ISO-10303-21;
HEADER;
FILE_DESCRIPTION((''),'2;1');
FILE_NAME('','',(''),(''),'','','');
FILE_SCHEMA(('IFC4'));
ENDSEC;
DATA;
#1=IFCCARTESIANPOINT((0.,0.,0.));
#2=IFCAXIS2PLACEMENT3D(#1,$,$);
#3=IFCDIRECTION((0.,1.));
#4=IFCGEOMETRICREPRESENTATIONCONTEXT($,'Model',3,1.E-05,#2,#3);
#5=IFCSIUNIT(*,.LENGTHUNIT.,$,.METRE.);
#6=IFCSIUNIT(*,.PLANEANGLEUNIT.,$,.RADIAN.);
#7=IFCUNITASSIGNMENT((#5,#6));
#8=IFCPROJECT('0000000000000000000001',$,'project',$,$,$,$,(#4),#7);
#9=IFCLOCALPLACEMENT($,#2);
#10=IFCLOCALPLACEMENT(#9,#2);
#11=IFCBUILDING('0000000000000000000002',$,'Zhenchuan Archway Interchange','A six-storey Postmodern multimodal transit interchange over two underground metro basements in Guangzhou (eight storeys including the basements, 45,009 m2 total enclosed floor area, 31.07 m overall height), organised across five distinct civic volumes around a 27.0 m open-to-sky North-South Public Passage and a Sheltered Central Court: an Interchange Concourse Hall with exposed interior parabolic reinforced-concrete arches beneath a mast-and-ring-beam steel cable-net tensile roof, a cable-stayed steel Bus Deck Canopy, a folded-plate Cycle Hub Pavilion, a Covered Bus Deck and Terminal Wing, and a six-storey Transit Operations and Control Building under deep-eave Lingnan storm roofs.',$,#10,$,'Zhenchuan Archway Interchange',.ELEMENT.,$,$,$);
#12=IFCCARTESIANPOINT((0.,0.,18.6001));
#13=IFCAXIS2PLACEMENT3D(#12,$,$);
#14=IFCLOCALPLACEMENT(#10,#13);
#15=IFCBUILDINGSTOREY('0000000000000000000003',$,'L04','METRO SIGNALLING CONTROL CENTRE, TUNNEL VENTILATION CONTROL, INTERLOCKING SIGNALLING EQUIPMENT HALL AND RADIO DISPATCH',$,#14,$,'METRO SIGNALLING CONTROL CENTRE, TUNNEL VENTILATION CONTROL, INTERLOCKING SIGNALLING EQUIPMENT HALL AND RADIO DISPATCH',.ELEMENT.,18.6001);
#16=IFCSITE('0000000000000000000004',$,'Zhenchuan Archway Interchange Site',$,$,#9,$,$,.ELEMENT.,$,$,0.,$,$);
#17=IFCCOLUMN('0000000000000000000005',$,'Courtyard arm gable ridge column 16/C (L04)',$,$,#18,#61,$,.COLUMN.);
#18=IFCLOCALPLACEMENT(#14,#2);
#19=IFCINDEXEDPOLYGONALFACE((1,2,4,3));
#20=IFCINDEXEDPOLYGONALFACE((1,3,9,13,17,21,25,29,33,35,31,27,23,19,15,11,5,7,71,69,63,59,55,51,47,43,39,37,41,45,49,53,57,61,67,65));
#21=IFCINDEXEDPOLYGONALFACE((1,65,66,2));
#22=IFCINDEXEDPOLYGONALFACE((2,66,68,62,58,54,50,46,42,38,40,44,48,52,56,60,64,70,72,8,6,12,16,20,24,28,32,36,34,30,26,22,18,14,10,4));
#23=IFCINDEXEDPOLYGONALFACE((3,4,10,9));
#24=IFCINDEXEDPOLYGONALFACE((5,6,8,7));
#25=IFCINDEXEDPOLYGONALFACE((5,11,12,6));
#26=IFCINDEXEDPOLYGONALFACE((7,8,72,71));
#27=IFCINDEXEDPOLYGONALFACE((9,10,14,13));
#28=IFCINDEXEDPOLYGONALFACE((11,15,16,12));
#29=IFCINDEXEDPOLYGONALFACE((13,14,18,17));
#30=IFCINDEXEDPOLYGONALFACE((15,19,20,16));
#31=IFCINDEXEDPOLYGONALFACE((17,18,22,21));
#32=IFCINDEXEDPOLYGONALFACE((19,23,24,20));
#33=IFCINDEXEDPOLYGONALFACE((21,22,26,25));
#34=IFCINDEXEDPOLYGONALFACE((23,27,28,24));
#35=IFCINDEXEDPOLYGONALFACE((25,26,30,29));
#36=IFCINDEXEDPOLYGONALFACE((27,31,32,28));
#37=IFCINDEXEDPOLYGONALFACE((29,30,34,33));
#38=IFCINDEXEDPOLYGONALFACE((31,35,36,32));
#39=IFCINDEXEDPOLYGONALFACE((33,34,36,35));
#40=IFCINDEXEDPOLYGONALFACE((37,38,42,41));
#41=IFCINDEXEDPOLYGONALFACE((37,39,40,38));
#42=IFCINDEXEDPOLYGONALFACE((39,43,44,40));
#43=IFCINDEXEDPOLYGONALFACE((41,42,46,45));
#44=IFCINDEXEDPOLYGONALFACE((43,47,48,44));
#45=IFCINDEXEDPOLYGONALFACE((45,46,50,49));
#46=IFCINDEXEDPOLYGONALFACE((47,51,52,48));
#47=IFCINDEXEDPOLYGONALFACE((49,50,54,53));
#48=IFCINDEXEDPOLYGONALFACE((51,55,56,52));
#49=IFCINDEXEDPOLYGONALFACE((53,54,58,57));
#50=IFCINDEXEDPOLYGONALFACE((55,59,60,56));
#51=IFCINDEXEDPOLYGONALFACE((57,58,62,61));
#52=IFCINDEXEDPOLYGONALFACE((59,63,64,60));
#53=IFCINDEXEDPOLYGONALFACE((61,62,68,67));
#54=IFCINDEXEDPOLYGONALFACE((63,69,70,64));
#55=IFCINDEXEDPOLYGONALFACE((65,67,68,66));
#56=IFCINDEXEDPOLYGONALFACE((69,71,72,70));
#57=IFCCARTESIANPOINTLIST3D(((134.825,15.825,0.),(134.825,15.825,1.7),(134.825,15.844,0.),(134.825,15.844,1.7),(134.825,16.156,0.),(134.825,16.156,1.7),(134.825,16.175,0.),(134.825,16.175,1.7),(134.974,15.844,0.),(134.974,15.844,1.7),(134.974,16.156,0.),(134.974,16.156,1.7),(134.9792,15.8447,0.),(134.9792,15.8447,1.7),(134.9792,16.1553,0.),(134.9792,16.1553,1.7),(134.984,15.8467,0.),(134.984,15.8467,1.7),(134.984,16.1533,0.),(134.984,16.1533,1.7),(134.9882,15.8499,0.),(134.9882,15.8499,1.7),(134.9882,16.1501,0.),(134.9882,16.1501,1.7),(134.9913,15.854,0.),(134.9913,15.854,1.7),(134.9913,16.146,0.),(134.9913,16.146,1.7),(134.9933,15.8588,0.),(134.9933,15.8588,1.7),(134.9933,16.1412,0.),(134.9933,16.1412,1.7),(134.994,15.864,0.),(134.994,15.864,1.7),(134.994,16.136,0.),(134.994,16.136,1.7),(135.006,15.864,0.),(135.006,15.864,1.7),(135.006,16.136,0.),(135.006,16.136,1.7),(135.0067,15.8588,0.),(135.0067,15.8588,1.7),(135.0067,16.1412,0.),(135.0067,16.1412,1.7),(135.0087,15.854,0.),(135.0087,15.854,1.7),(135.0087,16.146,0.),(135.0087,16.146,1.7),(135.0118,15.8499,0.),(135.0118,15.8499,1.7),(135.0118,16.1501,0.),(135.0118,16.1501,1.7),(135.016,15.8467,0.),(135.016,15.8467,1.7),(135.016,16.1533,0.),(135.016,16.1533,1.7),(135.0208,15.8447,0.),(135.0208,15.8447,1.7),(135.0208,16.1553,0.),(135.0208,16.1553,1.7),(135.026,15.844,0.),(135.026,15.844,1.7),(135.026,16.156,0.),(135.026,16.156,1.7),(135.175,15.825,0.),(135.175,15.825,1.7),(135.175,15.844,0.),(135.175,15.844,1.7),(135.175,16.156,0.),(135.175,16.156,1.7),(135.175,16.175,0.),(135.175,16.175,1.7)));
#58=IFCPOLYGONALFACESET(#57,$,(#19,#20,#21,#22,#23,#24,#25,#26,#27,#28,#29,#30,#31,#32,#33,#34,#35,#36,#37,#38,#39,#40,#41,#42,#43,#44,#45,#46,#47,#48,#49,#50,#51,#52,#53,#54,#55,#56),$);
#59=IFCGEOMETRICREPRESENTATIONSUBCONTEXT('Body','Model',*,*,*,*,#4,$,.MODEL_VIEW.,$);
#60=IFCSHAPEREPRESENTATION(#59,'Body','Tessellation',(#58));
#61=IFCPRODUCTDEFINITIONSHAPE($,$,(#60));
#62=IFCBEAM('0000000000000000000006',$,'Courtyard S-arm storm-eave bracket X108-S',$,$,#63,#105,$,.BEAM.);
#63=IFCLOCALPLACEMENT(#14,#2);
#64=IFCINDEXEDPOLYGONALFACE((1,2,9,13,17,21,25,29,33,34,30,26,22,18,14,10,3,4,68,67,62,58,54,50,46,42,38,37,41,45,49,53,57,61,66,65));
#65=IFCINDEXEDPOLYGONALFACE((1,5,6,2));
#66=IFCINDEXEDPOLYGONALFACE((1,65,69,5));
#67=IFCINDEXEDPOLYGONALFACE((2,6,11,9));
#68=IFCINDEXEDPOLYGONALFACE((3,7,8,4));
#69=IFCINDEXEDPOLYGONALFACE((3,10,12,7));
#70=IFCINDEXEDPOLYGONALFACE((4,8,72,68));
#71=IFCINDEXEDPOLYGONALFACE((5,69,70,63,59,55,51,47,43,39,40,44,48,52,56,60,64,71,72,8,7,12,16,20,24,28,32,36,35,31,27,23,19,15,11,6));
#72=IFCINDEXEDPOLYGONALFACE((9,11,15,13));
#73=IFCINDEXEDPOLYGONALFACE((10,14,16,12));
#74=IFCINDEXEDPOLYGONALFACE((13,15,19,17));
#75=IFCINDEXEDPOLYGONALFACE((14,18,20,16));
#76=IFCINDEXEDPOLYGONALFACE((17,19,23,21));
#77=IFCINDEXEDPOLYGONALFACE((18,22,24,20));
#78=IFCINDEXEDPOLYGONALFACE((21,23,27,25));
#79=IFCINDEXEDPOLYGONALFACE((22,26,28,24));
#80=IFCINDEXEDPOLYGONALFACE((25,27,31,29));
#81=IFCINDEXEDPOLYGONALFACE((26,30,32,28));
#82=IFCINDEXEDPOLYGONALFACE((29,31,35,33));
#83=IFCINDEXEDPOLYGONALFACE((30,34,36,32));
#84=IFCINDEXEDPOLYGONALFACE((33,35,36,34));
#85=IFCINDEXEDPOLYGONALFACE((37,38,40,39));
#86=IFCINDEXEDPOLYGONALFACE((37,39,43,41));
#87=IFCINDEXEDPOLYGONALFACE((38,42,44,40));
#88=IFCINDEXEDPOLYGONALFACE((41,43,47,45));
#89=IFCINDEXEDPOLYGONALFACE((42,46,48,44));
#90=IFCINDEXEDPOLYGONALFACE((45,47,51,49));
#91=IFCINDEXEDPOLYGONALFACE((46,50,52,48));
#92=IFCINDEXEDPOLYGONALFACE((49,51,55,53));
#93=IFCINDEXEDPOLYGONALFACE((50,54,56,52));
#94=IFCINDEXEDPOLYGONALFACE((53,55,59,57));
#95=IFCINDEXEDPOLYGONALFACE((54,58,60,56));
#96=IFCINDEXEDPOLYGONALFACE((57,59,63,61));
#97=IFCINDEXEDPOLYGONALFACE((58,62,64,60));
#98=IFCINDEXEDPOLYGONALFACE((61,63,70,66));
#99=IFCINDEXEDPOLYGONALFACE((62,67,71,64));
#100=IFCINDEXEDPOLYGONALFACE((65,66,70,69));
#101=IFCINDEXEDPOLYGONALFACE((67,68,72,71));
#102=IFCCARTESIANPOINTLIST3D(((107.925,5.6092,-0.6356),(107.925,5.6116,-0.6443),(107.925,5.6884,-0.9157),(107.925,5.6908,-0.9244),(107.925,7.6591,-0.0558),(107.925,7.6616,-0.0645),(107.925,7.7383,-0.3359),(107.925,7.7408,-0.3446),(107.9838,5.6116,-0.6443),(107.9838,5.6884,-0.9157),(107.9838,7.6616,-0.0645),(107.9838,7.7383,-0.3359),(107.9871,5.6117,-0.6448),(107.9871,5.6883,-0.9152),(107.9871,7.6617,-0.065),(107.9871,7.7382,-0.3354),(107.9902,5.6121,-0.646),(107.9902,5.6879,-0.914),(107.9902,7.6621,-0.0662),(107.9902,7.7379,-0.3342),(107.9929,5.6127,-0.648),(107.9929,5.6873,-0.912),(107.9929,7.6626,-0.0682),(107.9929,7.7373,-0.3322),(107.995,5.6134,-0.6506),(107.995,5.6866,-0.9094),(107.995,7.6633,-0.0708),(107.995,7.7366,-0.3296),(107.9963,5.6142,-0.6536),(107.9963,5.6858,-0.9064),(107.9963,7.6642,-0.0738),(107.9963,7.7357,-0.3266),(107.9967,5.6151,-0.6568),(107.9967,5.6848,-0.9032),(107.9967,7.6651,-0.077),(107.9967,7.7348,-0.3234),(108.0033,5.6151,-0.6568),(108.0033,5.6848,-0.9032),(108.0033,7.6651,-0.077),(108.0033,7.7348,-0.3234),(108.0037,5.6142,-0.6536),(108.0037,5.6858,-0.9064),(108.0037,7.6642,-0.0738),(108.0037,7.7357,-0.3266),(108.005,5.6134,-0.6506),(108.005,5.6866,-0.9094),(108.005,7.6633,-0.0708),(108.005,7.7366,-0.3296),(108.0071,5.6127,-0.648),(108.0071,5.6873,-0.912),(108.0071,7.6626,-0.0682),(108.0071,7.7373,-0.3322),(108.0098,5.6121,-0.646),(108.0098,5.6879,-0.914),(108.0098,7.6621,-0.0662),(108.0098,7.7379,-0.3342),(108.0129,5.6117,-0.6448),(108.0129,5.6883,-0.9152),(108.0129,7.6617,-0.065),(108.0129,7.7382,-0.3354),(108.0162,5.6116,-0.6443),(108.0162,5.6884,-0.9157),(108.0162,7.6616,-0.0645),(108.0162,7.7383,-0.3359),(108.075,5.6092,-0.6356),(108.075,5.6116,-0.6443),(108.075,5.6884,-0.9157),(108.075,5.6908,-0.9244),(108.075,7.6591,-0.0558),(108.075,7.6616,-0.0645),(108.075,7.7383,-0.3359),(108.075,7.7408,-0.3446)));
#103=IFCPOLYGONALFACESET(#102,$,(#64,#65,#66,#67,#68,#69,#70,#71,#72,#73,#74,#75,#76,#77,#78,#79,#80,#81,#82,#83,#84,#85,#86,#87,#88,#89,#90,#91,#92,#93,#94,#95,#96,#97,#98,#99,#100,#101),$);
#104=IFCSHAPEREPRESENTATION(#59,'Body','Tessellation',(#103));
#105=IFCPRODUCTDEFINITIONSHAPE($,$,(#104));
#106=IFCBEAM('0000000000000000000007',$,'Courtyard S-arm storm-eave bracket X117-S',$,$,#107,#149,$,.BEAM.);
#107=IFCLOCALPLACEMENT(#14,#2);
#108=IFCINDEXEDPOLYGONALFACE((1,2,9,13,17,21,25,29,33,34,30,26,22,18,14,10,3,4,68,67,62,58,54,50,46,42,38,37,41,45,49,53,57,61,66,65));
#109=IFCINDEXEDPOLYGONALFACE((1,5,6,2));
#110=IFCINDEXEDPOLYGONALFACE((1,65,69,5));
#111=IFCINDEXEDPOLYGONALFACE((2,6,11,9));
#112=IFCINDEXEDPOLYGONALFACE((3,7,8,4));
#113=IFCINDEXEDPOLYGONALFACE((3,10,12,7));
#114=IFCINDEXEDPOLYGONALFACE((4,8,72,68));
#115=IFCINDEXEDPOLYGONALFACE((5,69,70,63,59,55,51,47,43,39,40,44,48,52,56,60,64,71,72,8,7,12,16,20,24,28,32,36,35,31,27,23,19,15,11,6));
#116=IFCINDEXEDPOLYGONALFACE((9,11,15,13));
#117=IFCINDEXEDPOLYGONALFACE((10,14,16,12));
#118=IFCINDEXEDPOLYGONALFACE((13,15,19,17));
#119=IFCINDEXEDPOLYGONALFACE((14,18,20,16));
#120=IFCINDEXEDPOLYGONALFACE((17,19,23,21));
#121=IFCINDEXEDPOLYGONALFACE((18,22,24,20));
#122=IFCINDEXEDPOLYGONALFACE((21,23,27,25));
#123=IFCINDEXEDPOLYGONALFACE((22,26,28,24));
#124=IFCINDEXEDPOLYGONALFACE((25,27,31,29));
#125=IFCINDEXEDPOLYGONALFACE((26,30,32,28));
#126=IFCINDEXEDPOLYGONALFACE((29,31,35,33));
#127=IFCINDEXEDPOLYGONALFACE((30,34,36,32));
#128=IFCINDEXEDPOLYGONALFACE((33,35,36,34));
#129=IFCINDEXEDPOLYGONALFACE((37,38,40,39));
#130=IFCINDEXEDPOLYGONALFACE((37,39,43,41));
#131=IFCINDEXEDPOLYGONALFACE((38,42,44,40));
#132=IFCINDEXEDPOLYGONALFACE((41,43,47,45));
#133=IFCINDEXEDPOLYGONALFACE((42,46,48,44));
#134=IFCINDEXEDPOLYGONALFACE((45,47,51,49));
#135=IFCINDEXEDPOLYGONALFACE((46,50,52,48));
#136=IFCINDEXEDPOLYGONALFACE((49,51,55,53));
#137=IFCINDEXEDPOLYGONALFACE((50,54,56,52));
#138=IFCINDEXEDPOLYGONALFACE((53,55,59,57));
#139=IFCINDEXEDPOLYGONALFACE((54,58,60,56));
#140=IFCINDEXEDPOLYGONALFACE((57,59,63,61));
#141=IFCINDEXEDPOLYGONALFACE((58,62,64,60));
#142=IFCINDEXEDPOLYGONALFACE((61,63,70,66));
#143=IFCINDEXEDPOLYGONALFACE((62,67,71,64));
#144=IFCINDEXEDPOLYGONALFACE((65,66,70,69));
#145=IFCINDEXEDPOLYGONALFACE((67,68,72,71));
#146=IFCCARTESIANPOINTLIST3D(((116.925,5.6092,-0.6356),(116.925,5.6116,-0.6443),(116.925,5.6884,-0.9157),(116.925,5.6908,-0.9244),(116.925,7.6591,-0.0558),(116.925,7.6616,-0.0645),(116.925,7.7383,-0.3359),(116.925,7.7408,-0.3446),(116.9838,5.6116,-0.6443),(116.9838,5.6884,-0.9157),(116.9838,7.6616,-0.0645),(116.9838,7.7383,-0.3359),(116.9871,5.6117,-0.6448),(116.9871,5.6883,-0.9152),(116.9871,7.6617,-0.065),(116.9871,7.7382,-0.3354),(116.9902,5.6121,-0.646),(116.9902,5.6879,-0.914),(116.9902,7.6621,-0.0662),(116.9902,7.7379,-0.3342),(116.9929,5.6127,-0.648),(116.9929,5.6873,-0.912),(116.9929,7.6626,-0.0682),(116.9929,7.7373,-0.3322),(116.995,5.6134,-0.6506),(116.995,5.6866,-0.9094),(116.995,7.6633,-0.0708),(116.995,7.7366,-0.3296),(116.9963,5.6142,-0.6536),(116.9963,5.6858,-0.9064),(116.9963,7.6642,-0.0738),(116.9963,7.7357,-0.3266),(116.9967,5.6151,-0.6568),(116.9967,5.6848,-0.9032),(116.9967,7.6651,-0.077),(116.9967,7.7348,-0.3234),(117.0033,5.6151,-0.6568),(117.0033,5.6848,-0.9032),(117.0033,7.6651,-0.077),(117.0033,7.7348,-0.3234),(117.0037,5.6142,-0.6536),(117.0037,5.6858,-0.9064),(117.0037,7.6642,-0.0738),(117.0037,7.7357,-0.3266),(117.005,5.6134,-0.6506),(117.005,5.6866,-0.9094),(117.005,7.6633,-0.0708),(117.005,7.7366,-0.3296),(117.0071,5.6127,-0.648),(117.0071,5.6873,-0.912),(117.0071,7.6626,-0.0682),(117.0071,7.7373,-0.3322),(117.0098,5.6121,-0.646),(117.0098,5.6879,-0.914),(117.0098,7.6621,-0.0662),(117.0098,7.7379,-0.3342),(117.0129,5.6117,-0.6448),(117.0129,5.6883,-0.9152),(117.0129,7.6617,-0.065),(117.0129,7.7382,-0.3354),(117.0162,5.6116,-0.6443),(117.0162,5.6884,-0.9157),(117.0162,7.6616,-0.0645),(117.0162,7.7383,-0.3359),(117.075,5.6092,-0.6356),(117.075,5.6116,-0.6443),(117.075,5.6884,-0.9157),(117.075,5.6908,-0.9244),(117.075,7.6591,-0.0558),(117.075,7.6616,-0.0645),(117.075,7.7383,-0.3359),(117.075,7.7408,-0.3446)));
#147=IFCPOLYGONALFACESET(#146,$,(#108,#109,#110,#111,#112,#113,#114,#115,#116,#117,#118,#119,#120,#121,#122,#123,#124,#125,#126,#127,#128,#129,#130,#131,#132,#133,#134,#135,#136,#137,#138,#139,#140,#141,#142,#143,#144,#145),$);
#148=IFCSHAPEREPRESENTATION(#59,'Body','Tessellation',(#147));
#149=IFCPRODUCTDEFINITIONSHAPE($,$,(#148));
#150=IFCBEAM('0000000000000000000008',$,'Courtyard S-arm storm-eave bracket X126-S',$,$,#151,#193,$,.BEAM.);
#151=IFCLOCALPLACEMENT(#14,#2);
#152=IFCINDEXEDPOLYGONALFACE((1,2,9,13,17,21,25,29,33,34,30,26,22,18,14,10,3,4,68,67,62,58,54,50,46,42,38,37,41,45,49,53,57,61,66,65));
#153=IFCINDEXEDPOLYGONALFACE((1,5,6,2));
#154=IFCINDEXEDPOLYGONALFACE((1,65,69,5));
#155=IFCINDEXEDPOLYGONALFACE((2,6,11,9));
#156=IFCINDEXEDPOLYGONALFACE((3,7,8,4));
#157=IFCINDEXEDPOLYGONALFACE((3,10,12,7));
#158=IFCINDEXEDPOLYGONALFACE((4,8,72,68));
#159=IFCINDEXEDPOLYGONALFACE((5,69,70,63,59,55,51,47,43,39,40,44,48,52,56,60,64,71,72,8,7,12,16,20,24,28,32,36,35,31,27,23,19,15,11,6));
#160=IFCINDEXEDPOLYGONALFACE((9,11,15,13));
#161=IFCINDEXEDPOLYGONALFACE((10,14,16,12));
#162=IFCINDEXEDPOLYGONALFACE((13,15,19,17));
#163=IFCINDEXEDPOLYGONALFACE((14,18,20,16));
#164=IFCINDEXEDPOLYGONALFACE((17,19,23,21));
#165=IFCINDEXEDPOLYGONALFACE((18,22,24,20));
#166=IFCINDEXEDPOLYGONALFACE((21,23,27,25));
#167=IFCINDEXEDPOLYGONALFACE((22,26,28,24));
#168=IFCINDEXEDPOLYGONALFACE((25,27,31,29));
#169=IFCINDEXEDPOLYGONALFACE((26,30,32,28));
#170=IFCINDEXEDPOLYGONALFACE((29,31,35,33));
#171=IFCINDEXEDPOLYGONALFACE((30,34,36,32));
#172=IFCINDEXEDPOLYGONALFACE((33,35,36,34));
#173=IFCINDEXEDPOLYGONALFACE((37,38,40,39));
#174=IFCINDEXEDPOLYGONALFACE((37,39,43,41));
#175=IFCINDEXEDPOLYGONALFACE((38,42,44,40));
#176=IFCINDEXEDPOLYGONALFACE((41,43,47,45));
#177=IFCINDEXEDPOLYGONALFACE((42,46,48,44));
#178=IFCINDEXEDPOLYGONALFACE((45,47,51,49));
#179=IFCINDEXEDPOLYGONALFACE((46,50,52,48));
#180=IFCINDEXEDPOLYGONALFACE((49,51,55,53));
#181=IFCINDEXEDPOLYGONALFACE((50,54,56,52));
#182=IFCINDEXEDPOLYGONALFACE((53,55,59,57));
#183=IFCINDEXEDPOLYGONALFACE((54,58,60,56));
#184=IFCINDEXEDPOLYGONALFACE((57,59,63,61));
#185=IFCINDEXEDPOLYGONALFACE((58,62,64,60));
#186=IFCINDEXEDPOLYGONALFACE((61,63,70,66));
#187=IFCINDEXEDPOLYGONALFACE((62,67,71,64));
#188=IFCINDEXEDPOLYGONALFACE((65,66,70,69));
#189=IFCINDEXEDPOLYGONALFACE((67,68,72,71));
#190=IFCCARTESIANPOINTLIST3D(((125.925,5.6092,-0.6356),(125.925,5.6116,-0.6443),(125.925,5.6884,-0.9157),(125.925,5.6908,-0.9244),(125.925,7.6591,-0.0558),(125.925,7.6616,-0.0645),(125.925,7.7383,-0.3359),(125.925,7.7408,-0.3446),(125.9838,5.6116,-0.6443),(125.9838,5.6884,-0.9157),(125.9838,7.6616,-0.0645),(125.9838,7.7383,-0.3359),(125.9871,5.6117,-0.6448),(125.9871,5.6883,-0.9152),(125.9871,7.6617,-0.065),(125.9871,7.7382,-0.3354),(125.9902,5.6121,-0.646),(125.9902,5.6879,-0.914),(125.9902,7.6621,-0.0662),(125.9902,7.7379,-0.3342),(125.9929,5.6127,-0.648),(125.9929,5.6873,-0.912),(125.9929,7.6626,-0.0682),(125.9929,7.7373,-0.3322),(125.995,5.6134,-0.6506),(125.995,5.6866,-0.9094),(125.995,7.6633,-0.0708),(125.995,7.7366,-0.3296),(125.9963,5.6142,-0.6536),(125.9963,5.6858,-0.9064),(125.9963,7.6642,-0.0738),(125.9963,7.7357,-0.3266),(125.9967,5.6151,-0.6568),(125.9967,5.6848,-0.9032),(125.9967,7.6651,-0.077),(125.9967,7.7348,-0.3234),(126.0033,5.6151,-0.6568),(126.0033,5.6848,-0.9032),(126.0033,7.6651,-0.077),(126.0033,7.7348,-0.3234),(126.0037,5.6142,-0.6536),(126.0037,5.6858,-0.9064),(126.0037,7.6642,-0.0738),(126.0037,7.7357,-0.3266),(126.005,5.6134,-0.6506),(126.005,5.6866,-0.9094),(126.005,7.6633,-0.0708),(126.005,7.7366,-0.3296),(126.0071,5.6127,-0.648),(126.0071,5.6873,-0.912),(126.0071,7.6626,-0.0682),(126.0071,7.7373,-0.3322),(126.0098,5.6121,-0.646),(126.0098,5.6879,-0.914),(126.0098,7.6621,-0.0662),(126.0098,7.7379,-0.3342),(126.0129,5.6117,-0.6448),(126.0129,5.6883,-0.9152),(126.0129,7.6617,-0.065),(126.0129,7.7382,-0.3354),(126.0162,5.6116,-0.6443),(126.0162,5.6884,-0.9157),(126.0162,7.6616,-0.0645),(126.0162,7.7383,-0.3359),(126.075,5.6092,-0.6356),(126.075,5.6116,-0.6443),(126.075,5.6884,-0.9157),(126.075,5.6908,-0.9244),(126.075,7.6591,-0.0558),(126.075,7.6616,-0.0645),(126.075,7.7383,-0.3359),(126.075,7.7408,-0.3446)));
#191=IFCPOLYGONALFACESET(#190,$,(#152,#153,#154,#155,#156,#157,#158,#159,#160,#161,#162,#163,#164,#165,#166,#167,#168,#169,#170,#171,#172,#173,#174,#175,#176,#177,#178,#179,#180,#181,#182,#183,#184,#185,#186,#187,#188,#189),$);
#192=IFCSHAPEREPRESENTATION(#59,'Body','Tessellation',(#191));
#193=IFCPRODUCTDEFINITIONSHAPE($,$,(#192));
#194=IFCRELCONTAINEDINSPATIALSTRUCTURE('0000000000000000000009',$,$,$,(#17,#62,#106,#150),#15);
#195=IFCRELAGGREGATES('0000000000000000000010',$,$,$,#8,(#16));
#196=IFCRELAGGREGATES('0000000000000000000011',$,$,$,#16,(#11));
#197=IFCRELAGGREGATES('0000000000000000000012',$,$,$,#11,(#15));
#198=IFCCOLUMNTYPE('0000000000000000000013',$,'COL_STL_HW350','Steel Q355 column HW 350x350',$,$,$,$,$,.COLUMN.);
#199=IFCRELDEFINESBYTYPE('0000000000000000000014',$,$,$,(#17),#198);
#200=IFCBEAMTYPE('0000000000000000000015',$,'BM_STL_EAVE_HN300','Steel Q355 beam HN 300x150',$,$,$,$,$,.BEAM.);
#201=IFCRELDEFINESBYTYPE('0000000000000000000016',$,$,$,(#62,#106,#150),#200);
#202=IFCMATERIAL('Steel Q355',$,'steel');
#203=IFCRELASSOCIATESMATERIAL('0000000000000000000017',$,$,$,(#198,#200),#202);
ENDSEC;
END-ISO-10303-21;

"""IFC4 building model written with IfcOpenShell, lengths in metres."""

from ifc_helpers import new_model, si_unit, direction, frame, origin, origin_2d, place, context, subcontext, project, spatial, i_section, extrude, material, material_profile, profile_set, type_object, element, save


model = new_model("IFC4")

# Units and contexts
model_context = context("Model", 3, precision=1e-05, world=origin(), true_north=direction((0.0, 1.0)))
body_context = subcontext(model_context, "Body", "Model", "MODEL_VIEW")
ifc_project = project(units=[si_unit("LENGTHUNIT", "METRE"), si_unit("PLANEANGLEUNIT", "RADIAN")], contexts=[model_context])

# Site, building, storey
site_placement = place(None, origin())
site = spatial("IfcSite", under=ifc_project, at=site_placement, Name="Zhenchuan Archway Interchange Site", CompositionType="ELEMENT", RefElevation=0.0)
building_placement = place(site_placement, origin())
building = spatial("IfcBuilding", under=site, at=building_placement, Name="Zhenchuan Archway Interchange", Description="A six-storey Postmodern multimodal transit interchange over two underground metro basements in Guangzhou (eight storeys including the basements, 45,009 m2 total enclosed floor area, 31.07 m overall height), organised across five distinct civic volumes around a 27.0 m open-to-sky North-South Public Passage and a Sheltered Central Court: an Interchange Concourse Hall with exposed interior parabolic reinforced-concrete arches beneath a mast-and-ring-beam steel cable-net tensile roof, a cable-stayed steel Bus Deck Canopy, a folded-plate Cycle Hub Pavilion, a Covered Bus Deck and Terminal Wing, and a six-storey Transit Operations and Control Building under deep-eave Lingnan storm roofs.", LongName="Zhenchuan Archway Interchange", CompositionType="ELEMENT")
storey_placement = place(building_placement, frame((0.0, 0.0, 18.6001)))
storey = spatial("IfcBuildingStorey", under=building, at=storey_placement, Name="L04", Description="METRO SIGNALLING CONTROL CENTRE, TUNNEL VENTILATION CONTROL, INTERLOCKING SIGNALLING EQUIPMENT HALL AND RADIO DISPATCH", LongName="METRO SIGNALLING CONTROL CENTRE, TUNNEL VENTILATION CONTROL, INTERLOCKING SIGNALLING EQUIPMENT HALL AND RADIO DISPATCH", CompositionType="ELEMENT", Elevation=18.6001)

# Column
ifc_material_1 = material(Name="Steel Q355", Category="steel")
ifc_material_profile_1 = material_profile(ifc_material_1, i_section(OverallWidth=0.3501, OverallDepth=0.3501, WebThickness=0.012, FlangeThickness=0.019, FilletRadius=0.02, at=origin_2d()), Name="HW 350x350")
ifc_profile_set_1 = profile_set([ifc_material_profile_1], Name="Steel Q355")
column_type_1 = type_object("IfcColumnType", Name="COL_STL_HW350", Description="Steel Q355 column HW 350x350", PredefinedType="COLUMN", material=ifc_profile_set_1)
for number, where, z_axis, x_axis, name in (
    (1, (135.0, 16.0, 0.0), (0.0, 0.0, 1.0), (1.0, 0.0, 0.0), "Courtyard arm gable ridge column 16/C (L04)"),
):
    element("IfcColumn", number, at=place(storey_placement, frame(where, z_axis=z_axis, x_axis=x_axis)), inside=storey, type_object=column_type_1, Name=name, PredefinedType="COLUMN", context=body_context, shape_type="SweptSolid", body=[
        extrude(i_section(OverallWidth=0.3501, OverallDepth=0.3501, WebThickness=0.012, FlangeThickness=0.019, FilletRadius=0.02, at=origin_2d()), origin(), (0.0, 0.0, 1.0), 1.7),
    ])

# Beams
ifc_material_profile_2 = material_profile(ifc_material_1, i_section(OverallWidth=0.1499, OverallDepth=0.3, WebThickness=0.0066, FlangeThickness=0.009, FilletRadius=0.0129, at=origin_2d()), Name="HN 300x150")
ifc_profile_set_2 = profile_set([ifc_material_profile_2], Name="Steel Q355")
beam_type_1 = type_object("IfcBeamType", Name="BM_STL_EAVE_HN300", Description="Steel Q355 beam HN 300x150", PredefinedType="BEAM", material=ifc_profile_set_2)
for number, where, z_axis, x_axis, name in (
    (2, (108.0, 7.7, -0.2002), (0.0, -0.962251, -0.272162), (1.0, 0.0, 0.0), "Courtyard S-arm storm-eave bracket X108-S"),
    (3, (117.0, 7.7, -0.2002), (0.0, -0.962251, -0.272162), (1.0, 0.0, 0.0), "Courtyard S-arm storm-eave bracket X117-S"),
    (4, (126.0, 7.7, -0.2002), (0.0, -0.962251, -0.272162), (1.0, 0.0, 0.0), "Courtyard S-arm storm-eave bracket X126-S"),
):
    element("IfcBeam", number, at=place(storey_placement, frame(where, z_axis=z_axis, x_axis=x_axis)), inside=storey, type_object=beam_type_1, Name=name, PredefinedType="BEAM", context=body_context, shape_type="SweptSolid", body=[
        extrude(i_section(OverallWidth=0.1499, OverallDepth=0.3, WebThickness=0.0066, FlangeThickness=0.009, FilletRadius=0.0129, at=origin_2d()), origin(), (0.0, 0.0, 1.0), 2.1304),
    ])

save(model, "model.ifc")
